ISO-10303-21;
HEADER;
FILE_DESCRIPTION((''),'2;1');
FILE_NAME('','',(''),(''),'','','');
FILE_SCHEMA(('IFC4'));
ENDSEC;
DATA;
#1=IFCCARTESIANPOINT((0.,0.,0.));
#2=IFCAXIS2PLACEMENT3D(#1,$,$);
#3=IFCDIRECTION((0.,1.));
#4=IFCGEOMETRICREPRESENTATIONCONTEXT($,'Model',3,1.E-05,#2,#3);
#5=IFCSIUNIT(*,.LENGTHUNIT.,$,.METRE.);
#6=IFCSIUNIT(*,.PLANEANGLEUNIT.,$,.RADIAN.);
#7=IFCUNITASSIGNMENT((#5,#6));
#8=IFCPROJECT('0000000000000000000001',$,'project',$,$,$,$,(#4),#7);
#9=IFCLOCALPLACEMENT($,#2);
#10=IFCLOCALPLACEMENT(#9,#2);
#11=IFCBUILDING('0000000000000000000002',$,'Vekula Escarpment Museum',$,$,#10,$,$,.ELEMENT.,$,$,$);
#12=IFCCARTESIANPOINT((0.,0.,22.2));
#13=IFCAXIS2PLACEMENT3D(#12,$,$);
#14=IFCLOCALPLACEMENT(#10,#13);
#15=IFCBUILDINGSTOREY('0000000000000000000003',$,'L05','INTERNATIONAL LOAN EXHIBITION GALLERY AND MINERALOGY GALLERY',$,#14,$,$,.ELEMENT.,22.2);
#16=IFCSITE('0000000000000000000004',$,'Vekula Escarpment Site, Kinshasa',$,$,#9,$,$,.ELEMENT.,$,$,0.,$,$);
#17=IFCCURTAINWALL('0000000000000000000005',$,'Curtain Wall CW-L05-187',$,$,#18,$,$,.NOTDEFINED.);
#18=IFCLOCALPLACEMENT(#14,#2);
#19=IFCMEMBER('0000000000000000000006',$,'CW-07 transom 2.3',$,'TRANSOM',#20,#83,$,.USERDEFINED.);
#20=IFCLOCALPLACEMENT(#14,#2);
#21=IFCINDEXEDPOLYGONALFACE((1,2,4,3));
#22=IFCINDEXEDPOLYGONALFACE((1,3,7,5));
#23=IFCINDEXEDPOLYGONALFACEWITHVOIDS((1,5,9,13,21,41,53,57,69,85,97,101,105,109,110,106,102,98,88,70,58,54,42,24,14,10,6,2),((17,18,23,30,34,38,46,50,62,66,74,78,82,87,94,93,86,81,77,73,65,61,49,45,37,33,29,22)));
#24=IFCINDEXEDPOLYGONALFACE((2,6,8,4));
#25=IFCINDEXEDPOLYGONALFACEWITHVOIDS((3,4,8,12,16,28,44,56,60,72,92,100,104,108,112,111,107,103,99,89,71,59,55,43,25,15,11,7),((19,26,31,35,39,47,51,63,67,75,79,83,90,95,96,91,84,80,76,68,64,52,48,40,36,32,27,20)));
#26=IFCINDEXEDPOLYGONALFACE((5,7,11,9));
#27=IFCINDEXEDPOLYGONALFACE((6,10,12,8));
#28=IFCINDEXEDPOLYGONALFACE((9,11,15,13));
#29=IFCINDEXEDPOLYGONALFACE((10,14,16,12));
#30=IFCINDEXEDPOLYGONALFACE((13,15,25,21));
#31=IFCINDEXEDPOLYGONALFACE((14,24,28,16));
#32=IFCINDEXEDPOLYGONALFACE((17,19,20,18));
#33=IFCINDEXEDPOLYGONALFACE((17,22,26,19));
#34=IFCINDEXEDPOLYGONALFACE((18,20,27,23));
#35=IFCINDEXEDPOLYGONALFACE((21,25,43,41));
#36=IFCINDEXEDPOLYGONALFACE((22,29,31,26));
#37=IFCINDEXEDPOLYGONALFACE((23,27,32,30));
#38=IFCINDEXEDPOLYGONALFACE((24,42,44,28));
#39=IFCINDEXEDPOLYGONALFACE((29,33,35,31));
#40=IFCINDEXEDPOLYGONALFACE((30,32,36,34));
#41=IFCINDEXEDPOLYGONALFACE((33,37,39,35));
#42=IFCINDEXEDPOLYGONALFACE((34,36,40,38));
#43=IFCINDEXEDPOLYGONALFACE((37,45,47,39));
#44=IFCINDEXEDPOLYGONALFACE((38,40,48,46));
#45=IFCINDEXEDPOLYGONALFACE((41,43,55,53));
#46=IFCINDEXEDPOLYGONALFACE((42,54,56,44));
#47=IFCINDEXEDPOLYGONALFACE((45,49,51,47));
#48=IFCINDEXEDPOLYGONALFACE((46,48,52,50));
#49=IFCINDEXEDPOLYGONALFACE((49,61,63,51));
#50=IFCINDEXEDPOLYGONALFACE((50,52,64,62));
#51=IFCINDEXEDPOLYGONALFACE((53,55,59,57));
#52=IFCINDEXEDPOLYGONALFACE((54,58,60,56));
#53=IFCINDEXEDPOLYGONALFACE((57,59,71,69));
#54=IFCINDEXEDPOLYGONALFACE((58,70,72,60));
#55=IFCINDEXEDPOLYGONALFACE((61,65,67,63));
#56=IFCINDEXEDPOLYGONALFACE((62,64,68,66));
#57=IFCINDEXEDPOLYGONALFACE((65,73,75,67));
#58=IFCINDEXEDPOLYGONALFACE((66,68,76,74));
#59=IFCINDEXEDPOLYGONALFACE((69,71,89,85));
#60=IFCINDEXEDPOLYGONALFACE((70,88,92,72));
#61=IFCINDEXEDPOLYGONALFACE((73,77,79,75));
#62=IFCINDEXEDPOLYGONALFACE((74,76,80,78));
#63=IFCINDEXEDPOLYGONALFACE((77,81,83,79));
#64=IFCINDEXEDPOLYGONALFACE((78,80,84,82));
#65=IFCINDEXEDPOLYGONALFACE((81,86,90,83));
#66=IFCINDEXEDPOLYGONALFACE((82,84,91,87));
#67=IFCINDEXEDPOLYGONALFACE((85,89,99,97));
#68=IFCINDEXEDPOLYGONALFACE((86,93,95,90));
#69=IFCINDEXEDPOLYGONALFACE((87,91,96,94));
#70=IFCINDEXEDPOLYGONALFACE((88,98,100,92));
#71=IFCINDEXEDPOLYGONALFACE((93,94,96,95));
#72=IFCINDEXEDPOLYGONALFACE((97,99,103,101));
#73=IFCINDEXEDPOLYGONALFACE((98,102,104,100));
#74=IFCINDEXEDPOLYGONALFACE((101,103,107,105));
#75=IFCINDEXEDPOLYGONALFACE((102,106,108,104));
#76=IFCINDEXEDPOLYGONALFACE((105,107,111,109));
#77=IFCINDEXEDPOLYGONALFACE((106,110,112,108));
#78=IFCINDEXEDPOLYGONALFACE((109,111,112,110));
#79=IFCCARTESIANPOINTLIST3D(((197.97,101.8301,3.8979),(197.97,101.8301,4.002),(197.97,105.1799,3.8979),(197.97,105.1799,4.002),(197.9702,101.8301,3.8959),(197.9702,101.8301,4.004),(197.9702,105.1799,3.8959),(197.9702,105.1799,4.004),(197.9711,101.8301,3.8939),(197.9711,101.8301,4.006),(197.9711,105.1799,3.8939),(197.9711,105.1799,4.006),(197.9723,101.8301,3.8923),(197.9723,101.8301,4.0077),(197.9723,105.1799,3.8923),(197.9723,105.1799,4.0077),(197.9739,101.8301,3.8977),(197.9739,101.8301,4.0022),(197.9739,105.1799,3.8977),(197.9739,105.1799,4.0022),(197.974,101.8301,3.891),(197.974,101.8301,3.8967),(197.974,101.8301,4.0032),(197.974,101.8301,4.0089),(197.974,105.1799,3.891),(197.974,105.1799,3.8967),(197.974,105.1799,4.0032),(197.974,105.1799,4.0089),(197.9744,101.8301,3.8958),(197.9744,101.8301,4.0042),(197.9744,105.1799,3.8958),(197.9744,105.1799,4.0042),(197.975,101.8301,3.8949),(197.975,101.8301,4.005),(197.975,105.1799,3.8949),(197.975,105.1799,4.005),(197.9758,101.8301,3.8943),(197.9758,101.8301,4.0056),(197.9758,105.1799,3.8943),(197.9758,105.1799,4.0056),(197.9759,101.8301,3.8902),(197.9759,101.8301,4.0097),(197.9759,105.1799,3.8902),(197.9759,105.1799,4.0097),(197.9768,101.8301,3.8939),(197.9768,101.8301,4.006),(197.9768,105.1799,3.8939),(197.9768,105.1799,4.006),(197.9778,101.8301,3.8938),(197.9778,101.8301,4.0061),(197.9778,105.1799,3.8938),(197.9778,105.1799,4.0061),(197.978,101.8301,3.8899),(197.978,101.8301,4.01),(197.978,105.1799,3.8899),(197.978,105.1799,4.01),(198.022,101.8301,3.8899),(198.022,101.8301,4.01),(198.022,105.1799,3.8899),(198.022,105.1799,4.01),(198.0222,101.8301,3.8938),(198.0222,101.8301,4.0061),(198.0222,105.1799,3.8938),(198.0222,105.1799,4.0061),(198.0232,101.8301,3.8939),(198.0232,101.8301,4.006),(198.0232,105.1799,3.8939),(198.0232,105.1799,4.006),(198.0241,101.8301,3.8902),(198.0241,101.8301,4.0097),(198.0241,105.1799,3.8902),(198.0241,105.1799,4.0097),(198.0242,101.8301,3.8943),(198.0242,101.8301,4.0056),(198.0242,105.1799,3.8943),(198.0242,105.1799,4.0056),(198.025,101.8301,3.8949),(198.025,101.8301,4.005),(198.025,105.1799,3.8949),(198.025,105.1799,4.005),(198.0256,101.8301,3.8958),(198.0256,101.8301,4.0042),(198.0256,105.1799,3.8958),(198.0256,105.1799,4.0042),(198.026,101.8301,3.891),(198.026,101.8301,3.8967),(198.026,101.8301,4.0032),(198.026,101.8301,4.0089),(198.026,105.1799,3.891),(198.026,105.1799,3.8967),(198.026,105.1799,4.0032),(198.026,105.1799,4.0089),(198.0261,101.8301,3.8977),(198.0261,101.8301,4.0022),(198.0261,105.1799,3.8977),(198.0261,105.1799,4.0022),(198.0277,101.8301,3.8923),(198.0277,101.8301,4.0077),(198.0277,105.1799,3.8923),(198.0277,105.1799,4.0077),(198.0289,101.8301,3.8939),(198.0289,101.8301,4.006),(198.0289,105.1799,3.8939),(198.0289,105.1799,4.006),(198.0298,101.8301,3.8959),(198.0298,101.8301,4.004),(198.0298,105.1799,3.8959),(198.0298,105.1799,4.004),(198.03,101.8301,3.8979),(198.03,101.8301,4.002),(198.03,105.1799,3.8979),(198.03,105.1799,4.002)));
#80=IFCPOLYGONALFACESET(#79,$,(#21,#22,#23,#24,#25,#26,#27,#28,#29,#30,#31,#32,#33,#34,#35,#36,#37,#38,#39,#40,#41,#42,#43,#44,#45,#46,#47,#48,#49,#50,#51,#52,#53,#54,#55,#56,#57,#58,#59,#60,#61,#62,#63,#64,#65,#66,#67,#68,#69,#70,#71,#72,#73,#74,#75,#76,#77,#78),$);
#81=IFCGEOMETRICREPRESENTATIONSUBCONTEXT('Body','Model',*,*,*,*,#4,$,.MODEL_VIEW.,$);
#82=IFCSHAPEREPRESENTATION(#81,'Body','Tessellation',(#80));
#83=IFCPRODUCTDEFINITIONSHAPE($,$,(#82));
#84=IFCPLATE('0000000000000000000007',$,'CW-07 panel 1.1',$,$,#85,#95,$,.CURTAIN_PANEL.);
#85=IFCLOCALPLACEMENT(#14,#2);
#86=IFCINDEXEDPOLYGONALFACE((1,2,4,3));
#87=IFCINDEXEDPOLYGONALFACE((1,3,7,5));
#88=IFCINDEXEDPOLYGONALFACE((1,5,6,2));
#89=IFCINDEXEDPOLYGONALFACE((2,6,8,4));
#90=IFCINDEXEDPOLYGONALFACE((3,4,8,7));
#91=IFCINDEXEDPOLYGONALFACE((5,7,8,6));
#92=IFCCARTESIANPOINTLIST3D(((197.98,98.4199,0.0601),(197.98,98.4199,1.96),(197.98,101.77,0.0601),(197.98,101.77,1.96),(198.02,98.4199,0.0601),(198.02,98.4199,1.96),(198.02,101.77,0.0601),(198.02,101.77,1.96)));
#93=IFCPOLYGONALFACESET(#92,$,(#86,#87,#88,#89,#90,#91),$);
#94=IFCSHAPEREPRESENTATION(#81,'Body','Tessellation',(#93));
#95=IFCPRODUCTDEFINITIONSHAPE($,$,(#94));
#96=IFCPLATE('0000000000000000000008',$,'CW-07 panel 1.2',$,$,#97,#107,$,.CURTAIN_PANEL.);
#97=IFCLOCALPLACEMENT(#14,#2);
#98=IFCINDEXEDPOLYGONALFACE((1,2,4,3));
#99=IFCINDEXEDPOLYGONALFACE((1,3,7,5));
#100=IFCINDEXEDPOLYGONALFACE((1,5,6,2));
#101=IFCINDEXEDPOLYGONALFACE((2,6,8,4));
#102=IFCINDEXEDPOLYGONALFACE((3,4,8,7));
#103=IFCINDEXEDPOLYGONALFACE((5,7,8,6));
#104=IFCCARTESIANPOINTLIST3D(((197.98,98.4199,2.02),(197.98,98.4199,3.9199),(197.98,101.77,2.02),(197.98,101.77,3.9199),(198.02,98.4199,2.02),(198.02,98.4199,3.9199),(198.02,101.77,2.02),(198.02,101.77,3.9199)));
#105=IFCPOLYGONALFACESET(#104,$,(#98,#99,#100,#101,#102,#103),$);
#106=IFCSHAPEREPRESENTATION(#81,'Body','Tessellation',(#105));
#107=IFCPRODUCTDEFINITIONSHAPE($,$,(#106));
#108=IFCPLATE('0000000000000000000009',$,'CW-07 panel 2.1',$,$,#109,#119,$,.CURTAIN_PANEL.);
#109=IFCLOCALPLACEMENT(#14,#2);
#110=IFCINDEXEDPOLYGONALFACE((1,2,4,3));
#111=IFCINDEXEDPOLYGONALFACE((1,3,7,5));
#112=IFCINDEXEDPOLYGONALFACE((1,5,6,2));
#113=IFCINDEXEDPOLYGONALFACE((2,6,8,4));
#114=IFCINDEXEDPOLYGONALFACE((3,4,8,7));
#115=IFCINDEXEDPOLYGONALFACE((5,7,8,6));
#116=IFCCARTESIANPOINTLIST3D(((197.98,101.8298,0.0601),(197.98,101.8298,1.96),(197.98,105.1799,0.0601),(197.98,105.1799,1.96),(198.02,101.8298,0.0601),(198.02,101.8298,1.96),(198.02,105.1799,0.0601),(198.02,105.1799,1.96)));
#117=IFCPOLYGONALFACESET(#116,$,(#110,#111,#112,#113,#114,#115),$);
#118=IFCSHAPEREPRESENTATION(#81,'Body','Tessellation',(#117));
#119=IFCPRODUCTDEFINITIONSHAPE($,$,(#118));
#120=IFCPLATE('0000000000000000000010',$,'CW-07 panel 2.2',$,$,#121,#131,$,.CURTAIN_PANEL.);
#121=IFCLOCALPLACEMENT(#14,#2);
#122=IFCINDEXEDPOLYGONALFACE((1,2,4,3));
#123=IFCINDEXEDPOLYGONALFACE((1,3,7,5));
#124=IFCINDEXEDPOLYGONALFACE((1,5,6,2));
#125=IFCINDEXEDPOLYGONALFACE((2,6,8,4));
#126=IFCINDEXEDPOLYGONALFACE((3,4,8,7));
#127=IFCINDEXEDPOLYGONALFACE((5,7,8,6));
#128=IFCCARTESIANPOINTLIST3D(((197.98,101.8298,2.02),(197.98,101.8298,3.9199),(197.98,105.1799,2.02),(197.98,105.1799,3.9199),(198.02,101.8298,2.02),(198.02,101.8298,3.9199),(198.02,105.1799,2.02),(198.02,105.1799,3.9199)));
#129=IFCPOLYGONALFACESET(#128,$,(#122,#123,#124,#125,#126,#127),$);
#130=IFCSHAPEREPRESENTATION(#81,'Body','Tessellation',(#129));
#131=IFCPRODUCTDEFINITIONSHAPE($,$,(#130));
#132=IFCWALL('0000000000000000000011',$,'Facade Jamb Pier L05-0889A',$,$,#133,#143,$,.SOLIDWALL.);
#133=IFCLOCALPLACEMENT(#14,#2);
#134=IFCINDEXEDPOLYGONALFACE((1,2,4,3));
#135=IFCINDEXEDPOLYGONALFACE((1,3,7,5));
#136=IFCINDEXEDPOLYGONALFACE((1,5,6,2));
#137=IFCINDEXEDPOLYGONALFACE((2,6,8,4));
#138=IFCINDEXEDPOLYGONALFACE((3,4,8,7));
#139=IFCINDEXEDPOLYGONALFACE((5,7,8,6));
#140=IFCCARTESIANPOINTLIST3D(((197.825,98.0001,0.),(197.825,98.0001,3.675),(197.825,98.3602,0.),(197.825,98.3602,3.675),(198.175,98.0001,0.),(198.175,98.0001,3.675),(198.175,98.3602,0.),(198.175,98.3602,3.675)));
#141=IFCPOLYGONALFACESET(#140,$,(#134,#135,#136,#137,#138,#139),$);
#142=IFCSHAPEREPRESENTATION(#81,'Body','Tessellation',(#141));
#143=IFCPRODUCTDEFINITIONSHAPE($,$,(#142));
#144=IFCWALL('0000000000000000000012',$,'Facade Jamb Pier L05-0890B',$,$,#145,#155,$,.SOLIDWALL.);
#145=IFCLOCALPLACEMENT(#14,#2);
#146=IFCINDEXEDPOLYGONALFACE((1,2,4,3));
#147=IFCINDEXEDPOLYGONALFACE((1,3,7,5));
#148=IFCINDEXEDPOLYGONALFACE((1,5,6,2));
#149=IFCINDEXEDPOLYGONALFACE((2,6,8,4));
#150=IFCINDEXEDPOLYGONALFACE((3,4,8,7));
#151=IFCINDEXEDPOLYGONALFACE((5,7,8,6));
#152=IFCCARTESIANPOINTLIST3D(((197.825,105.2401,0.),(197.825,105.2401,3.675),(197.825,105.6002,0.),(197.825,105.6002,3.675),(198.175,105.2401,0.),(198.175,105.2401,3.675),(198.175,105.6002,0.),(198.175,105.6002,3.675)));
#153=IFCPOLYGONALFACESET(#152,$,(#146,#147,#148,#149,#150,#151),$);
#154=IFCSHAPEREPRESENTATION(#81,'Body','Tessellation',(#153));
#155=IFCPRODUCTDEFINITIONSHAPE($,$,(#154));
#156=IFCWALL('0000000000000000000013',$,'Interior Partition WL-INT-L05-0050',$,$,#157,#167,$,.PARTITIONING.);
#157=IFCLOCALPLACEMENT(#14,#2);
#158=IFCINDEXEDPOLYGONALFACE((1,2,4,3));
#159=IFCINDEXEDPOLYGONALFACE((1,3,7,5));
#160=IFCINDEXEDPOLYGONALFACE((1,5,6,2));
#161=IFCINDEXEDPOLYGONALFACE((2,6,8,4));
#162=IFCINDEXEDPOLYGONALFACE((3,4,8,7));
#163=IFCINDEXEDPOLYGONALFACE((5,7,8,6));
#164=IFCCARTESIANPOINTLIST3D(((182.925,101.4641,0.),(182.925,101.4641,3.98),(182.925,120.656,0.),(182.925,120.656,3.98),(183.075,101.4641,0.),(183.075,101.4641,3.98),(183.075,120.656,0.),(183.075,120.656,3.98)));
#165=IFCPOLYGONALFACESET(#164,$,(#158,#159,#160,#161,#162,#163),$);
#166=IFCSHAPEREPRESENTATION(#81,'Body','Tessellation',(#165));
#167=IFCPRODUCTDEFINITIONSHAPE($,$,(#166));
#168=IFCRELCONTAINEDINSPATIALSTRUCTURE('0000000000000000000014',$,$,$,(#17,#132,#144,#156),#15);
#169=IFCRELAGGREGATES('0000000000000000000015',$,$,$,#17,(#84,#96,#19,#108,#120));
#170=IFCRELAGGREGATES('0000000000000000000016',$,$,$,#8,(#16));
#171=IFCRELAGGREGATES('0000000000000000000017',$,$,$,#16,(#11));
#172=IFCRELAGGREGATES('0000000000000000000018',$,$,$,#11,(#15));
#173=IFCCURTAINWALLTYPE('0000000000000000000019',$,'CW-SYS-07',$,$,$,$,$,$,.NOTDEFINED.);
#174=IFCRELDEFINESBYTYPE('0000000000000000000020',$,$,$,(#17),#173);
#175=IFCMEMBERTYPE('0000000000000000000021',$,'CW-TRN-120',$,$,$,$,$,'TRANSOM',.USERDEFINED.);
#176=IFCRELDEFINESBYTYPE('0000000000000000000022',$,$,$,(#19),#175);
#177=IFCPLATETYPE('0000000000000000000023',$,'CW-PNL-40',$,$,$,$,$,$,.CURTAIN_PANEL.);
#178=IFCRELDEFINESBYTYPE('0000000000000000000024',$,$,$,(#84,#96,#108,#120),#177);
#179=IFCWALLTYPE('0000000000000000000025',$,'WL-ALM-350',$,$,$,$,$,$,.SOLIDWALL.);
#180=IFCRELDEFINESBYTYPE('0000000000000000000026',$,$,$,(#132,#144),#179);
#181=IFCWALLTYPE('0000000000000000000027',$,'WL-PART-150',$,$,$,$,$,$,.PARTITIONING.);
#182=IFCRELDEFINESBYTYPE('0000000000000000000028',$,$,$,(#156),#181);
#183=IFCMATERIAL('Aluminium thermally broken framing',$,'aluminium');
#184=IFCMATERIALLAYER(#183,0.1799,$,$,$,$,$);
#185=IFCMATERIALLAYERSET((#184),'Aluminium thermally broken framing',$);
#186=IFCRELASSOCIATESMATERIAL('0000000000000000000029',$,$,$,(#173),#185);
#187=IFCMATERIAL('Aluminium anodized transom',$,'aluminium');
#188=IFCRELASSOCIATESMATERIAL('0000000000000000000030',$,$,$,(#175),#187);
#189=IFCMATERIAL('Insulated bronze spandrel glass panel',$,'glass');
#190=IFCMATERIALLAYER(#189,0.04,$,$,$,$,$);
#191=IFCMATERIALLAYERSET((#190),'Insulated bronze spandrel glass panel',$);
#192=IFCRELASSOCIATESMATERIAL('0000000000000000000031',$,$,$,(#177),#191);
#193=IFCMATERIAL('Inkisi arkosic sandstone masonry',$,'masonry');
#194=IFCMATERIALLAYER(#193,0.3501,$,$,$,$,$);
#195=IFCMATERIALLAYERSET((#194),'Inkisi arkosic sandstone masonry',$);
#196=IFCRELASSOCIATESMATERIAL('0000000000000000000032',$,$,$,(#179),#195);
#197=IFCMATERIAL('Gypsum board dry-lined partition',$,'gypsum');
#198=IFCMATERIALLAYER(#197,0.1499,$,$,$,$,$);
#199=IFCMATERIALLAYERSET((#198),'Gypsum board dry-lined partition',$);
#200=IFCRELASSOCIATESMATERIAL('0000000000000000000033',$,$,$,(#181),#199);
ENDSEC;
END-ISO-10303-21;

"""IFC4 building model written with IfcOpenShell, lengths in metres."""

from ifc_helpers import new_model, si_unit, direction, frame, frame_2d, origin, origin_2d, place, context, subcontext, project, spatial, rectangle, hollow_rectangle, extrude, material, layer, layer_set, material_profile, profile_set, type_object, element, aggregate, save


model = new_model("IFC4")

# Units and contexts
model_context = context("Model", 3, precision=1e-05, world=origin(), true_north=direction((0.0, 1.0)))
body_context = subcontext(model_context, "Body", "Model", "MODEL_VIEW")
ifc_project = project(units=[si_unit("LENGTHUNIT", "METRE"), si_unit("PLANEANGLEUNIT", "RADIAN")], contexts=[model_context])

# Site, building, storey
site_placement = place(None, origin())
site = spatial("IfcSite", under=ifc_project, at=site_placement, Name="Vekula Escarpment Site, Kinshasa", CompositionType="ELEMENT", RefElevation=0.0)
building_placement = place(site_placement, origin())
building = spatial("IfcBuilding", under=site, at=building_placement, Name="Vekula Escarpment Museum", CompositionType="ELEMENT")
storey_placement = place(building_placement, frame((0.0, 0.0, 22.2)))
storey = spatial("IfcBuildingStorey", under=building, at=storey_placement, Name="L05", Description="INTERNATIONAL LOAN EXHIBITION GALLERY AND MINERALOGY GALLERY", CompositionType="ELEMENT", Elevation=22.2)

# Curtain wall, member, plates
ifc_material_1 = material(Name="Aluminium thermally broken framing", Category="aluminium")
ifc_layer_1 = layer(ifc_material_1, 0.1799)
ifc_layer_set_1 = layer_set([ifc_layer_1], Name="Aluminium thermally broken framing")
curtain_wall_type = type_object("IfcCurtainWallType", Name="CW-SYS-07", PredefinedType="NOTDEFINED", material=ifc_layer_set_1)
curtain_wall_placement = place(storey_placement, origin())
curtain_wall = element("IfcCurtainWall", 1, at=curtain_wall_placement, inside=storey, type_object=curtain_wall_type, Name="Curtain Wall CW-L05-187", PredefinedType="NOTDEFINED")
ifc_material_2 = material(Name="Aluminium anodized transom", Category="aluminium")
ifc_material_profile_1 = material_profile(ifc_material_2, hollow_rectangle(XDim=0.0601, YDim=0.1201, WallThickness=0.0039, InnerFilletRadius=0.0039, OuterFilletRadius=0.0081, at=origin_2d()), Name="ALU 120x60x4")
ifc_profile_set_1 = profile_set([ifc_material_profile_1], Name="Aluminium anodized transom")
member_type_1 = type_object("IfcMemberType", Name="CW-TRN-120", ElementType="TRANSOM", PredefinedType="USERDEFINED", material=ifc_profile_set_1)
member_1_placement = place(storey_placement, frame((198.0, 101.8301, 3.95), z_axis=(0.0, 1.0, 0.0), x_axis=(-1.0, 0.0, 0.0)))
member_1 = element("IfcMember", 2, at=member_1_placement, type_object=member_type_1, Name="CW-07 transom 2.3", ObjectType="TRANSOM", PredefinedType="USERDEFINED", context=body_context, shape_type="SweptSolid", body=[
    extrude(hollow_rectangle(XDim=0.0601, YDim=0.1201, WallThickness=0.0039, InnerFilletRadius=0.0039, OuterFilletRadius=0.0081, at=origin_2d()), origin(), (0.0, 0.0, 1.0), 3.3499),
])
ifc_material_3 = material(Name="Insulated bronze spandrel glass panel", Category="glass")
ifc_layer_2 = layer(ifc_material_3, 0.04)
ifc_layer_set_2 = layer_set([ifc_layer_2], Name="Insulated bronze spandrel glass panel")
plate_type = type_object("IfcPlateType", Name="CW-PNL-40", PredefinedType="CURTAIN_PANEL", material=ifc_layer_set_2)
plate_1_placement = place(storey_placement, frame((198.0, 100.095, 0.0601), z_axis=(0.0, 0.0, 1.0), x_axis=(0.0, 1.0, 0.0)))
plate_1 = element("IfcPlate", 3, at=plate_1_placement, type_object=plate_type, Name="CW-07 panel 1.1", PredefinedType="CURTAIN_PANEL", context=body_context, shape_type="SweptSolid", body=[
    extrude(rectangle(XDim=3.3501, YDim=0.04, at=origin_2d()), origin(), (0.0, 0.0, 1.0), 1.8999),
])
plate_2_placement = place(storey_placement, frame((198.0, 100.095, 2.02), z_axis=(0.0, 0.0, 1.0), x_axis=(0.0, 1.0, 0.0)))
plate_2 = element("IfcPlate", 4, at=plate_2_placement, type_object=plate_type, Name="CW-07 panel 1.2", PredefinedType="CURTAIN_PANEL", context=body_context, shape_type="SweptSolid", body=[
    extrude(rectangle(XDim=3.3501, YDim=0.04, at=origin_2d()), origin(), (0.0, 0.0, 1.0), 1.8999),
])
plate_3_placement = place(storey_placement, frame((198.0, 103.5049, 0.0601), z_axis=(0.0, 0.0, 1.0), x_axis=(0.0, 1.0, 0.0)))
plate_3 = element("IfcPlate", 5, at=plate_3_placement, type_object=plate_type, Name="CW-07 panel 2.1", PredefinedType="CURTAIN_PANEL", context=body_context, shape_type="SweptSolid", body=[
    extrude(rectangle(XDim=3.3501, YDim=0.04, at=origin_2d()), origin(), (0.0, 0.0, 1.0), 1.8999),
])
plate_4_placement = place(storey_placement, frame((198.0, 103.5049, 2.02), z_axis=(0.0, 0.0, 1.0), x_axis=(0.0, 1.0, 0.0)))
plate_4 = element("IfcPlate", 6, at=plate_4_placement, type_object=plate_type, Name="CW-07 panel 2.2", PredefinedType="CURTAIN_PANEL", context=body_context, shape_type="SweptSolid", body=[
    extrude(rectangle(XDim=3.3501, YDim=0.04, at=origin_2d()), origin(), (0.0, 0.0, 1.0), 1.8999),
])
aggregate(curtain_wall, [plate_1, plate_2, member_1, plate_3, plate_4])

# Walls
ifc_material_4 = material(Name="Inkisi arkosic sandstone masonry", Category="masonry")
ifc_layer_3 = layer(ifc_material_4, 0.3501)
ifc_layer_set_3 = layer_set([ifc_layer_3], Name="Inkisi arkosic sandstone masonry")
wall_type_1 = type_object("IfcWallType", Name="WL-ALM-350", PredefinedType="SOLIDWALL", material=ifc_layer_set_3)
for number, where, z_axis, x_axis, name in (
    (7, (198.0, 98.0, 0.0), (0.0, 0.0, 1.0), (0.0, 1.0, 0.0), "Facade Jamb Pier L05-0889A"),
    (8, (198.0, 105.24, 0.0), (0.0, 0.0, 1.0), (0.0, 1.0, 0.0), "Facade Jamb Pier L05-0890B"),
):
    element("IfcWall", number, at=place(storey_placement, frame(where, z_axis=z_axis, x_axis=x_axis)), inside=storey, type_object=wall_type_1, Name=name, PredefinedType="SOLIDWALL", context=body_context, shape_type="SweptSolid", body=[
        extrude(rectangle(XDim=0.3601, YDim=0.3501, at=frame_2d((0.1802, 0.0))), origin(), (0.0, 0.0, 1.0), 3.675),
    ])
ifc_material_5 = material(Name="Gypsum board dry-lined partition", Category="gypsum")
ifc_layer_4 = layer(ifc_material_5, 0.1499)
ifc_layer_set_4 = layer_set([ifc_layer_4], Name="Gypsum board dry-lined partition")
wall_type_2 = type_object("IfcWallType", Name="WL-PART-150", PredefinedType="PARTITIONING", material=ifc_layer_set_4)
wall_1_placement = place(storey_placement, frame((183.0, 101.4641, 0.0), z_axis=(0.0, 0.0, 1.0), x_axis=(0.0, 1.0, 0.0)))
element("IfcWall", 9, at=wall_1_placement, inside=storey, type_object=wall_type_2, Name="Interior Partition WL-INT-L05-0050", PredefinedType="PARTITIONING", context=body_context, shape_type="SweptSolid", body=[
    extrude(rectangle(XDim=19.1919, YDim=0.1499, at=frame_2d((9.5959, 0.0))), origin(), (0.0, 0.0, 1.0), 3.98),
])

save(model, "model.ifc")
